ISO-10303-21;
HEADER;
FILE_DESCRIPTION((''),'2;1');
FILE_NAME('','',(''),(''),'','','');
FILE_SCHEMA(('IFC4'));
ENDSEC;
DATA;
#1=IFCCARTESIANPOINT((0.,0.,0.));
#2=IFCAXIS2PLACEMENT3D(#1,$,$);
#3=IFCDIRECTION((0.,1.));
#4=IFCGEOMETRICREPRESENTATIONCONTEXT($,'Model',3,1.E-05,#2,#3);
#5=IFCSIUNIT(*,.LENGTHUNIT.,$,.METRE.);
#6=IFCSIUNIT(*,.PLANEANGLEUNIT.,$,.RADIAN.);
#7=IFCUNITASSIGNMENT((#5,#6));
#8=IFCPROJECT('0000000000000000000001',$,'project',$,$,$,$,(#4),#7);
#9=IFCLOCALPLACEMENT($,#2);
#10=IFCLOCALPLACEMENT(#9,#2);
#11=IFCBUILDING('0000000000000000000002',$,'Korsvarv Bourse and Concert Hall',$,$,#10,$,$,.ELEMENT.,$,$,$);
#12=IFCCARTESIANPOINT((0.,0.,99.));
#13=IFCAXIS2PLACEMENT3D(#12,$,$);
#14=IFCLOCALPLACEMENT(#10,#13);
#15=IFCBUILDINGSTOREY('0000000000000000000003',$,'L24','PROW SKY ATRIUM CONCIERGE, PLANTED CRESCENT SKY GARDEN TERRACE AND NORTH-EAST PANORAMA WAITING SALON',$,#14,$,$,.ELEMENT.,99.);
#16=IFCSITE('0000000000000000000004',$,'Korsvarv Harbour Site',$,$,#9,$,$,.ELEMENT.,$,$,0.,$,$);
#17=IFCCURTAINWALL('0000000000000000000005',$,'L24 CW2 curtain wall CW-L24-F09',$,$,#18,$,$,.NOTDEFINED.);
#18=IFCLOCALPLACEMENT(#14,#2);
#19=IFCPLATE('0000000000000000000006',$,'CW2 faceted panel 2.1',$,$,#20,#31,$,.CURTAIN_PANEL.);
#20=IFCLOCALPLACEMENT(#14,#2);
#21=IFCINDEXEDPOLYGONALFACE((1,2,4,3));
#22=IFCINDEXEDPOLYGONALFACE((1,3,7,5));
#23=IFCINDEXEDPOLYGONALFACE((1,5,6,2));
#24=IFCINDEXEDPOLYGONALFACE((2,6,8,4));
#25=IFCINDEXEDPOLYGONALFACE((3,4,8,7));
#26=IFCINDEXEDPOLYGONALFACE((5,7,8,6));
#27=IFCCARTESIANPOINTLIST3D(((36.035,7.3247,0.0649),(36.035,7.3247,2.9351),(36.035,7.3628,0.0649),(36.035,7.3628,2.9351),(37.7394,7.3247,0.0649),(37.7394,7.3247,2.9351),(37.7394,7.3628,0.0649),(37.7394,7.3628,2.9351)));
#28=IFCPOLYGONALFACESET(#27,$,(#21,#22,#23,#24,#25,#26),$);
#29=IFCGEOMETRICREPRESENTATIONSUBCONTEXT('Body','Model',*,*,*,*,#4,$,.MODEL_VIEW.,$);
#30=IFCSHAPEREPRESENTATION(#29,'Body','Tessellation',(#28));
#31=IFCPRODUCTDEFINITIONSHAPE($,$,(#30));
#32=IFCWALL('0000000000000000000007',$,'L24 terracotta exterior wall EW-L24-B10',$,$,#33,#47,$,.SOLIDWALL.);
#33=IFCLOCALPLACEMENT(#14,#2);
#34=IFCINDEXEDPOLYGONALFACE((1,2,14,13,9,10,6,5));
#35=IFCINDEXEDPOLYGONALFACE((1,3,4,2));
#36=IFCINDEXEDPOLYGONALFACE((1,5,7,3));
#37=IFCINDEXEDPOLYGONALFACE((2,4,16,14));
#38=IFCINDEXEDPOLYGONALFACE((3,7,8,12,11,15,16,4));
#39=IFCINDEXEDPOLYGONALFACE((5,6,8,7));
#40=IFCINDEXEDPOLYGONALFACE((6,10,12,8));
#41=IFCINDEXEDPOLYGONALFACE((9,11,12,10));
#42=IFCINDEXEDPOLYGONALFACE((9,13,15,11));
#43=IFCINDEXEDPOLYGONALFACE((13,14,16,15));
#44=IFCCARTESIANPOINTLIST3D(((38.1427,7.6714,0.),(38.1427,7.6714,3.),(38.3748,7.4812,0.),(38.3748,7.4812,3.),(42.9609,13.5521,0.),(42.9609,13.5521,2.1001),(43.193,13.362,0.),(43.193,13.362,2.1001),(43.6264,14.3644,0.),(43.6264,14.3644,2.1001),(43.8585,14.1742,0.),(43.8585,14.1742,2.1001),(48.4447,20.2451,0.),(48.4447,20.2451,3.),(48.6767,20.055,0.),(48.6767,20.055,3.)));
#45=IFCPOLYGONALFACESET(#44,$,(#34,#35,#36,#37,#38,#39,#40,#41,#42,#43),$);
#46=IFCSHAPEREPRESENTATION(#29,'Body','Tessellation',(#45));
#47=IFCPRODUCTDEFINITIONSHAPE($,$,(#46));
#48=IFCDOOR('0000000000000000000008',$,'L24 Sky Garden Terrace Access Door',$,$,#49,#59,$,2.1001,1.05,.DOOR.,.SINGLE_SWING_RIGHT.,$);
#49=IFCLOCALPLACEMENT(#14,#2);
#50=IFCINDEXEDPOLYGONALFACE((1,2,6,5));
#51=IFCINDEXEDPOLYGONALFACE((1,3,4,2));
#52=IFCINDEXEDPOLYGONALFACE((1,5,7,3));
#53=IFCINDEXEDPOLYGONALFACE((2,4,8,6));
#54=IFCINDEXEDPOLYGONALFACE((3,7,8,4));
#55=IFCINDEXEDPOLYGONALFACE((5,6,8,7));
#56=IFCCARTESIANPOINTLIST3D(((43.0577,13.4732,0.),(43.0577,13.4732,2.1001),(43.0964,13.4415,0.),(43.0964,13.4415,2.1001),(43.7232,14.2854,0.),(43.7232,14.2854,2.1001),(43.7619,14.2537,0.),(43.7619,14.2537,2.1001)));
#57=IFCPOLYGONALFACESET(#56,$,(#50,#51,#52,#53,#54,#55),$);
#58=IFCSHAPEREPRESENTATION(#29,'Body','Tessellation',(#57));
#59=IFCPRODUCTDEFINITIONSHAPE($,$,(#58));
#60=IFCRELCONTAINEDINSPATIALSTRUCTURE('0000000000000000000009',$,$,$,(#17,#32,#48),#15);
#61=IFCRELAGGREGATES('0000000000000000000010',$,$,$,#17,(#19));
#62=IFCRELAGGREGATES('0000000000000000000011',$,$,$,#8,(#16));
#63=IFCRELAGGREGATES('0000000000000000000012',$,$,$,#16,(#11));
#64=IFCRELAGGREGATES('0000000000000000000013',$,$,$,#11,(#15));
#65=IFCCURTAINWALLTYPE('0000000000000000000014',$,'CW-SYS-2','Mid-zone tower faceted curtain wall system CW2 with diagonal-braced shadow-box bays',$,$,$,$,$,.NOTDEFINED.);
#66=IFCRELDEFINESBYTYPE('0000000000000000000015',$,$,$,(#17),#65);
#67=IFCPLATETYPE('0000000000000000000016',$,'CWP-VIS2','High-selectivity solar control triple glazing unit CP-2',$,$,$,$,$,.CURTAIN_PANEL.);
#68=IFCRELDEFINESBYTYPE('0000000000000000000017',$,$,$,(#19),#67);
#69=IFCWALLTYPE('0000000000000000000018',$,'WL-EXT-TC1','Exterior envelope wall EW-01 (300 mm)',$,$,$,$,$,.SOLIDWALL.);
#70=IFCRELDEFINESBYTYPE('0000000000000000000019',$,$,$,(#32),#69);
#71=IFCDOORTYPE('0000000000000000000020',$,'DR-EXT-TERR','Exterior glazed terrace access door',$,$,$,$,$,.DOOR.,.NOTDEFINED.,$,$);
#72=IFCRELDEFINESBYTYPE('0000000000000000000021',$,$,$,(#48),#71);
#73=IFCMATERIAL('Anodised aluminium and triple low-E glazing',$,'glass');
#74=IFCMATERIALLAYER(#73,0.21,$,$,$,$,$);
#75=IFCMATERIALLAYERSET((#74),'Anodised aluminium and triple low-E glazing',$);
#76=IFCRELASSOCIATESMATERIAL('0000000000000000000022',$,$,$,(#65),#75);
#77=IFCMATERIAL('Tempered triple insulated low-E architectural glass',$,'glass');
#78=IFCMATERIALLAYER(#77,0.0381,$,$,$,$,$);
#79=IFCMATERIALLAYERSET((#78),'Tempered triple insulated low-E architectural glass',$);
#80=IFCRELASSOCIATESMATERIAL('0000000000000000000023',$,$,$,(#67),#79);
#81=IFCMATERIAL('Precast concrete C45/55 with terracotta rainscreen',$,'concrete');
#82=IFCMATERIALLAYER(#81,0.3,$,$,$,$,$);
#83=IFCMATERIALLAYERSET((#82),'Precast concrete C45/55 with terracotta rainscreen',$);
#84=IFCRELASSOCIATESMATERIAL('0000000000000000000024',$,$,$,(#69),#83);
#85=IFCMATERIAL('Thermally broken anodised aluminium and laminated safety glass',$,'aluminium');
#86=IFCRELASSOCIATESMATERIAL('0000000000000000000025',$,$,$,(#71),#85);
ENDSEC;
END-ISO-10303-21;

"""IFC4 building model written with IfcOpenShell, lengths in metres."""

from ifc_helpers import new_model, si_unit, direction, frame, frame_2d, origin, origin_2d, place, context, subcontext, project, spatial, rectangle, extrude, source, transform, mapped, material, layer, layer_set, type_object, element, fill, aggregate, save


model = new_model("IFC4")

# Units and contexts
model_context = context("Model", 3, precision=1e-05, world=origin(), true_north=direction((0.0, 1.0)))
body_context = subcontext(model_context, "Body", "Model", "MODEL_VIEW")
ifc_project = project(units=[si_unit("LENGTHUNIT", "METRE"), si_unit("PLANEANGLEUNIT", "RADIAN")], contexts=[model_context])

# Site, building, storey
site_placement = place(None, origin())
site = spatial("IfcSite", under=ifc_project, at=site_placement, Name="Korsvarv Harbour Site", CompositionType="ELEMENT", RefElevation=0.0)
building_placement = place(site_placement, origin())
building = spatial("IfcBuilding", under=site, at=building_placement, Name="Korsvarv Bourse and Concert Hall", CompositionType="ELEMENT")
storey_placement = place(building_placement, frame((0.0, 0.0, 99.0)))
storey = spatial("IfcBuildingStorey", under=building, at=storey_placement, Name="L24", Description="PROW SKY ATRIUM CONCIERGE, PLANTED CRESCENT SKY GARDEN TERRACE AND NORTH-EAST PANORAMA WAITING SALON", CompositionType="ELEMENT", Elevation=99.0)

# Curtain wall
ifc_material_1 = material(Name="Anodised aluminium and triple low-E glazing", Category="glass")
ifc_layer_1 = layer(ifc_material_1, 0.21)
ifc_layer_set_1 = layer_set([ifc_layer_1], Name="Anodised aluminium and triple low-E glazing")
curtain_wall_type = type_object("IfcCurtainWallType", Name="CW-SYS-2", Description="Mid-zone tower faceted curtain wall system CW2 with diagonal-braced shadow-box bays", PredefinedType="NOTDEFINED", material=ifc_layer_set_1)
curtain_wall_1_placement = place(storey_placement, origin())
curtain_wall_1 = element("IfcCurtainWall", 1, at=curtain_wall_1_placement, inside=storey, type_object=curtain_wall_type, Name="L24 CW2 curtain wall CW-L24-F09", PredefinedType="NOTDEFINED")

# Plate
ifc_material_2 = material(Name="Tempered triple insulated low-E architectural glass", Category="glass")
ifc_layer_2 = layer(ifc_material_2, 0.0381)
ifc_layer_set_2 = layer_set([ifc_layer_2], Name="Tempered triple insulated low-E architectural glass")
plate_type_1 = type_object("IfcPlateType", Name="CWP-VIS2", Description="High-selectivity solar control triple glazing unit CP-2", PredefinedType="CURTAIN_PANEL", material=ifc_layer_set_2)
shared_shape_1 = source(origin(), body_context, "Body", "SweptSolid", [
    extrude(rectangle(XDim=1.7043, YDim=0.0381, at=origin_2d()), origin(), (0.0, 0.0, 1.0), 2.8701),
])
plate_1_placement = place(storey_placement, frame((36.8872, 7.3438, 0.0649), z_axis=(0.0, 0.0, 1.0), x_axis=(1.0, 0.0, 0.0)))
plate_1 = element("IfcPlate", 2, at=plate_1_placement, type_object=plate_type_1, Name="CW2 faceted panel 2.1", PredefinedType="CURTAIN_PANEL", context=body_context, shape_type="MappedRepresentation", body=[
    mapped(shared_shape_1, transform((0.0, 0.0, 0.0), scale=1.0)),
])
aggregate(curtain_wall_1, [plate_1])

# Wall, opening, door
ifc_material_3 = material(Name="Precast concrete C45/55 with terracotta rainscreen", Category="concrete")
ifc_layer_3 = layer(ifc_material_3, 0.3)
ifc_layer_set_3 = layer_set([ifc_layer_3], Name="Precast concrete C45/55 with terracotta rainscreen")
wall_type = type_object("IfcWallType", Name="WL-EXT-TC1", Description="Exterior envelope wall EW-01 (300 mm)", PredefinedType="SOLIDWALL", material=ifc_layer_set_3)
wall_placement = place(storey_placement, frame((38.2588, 7.5764, 0.0), z_axis=(0.0, 0.0, 1.0), x_axis=(0.633768, 0.773523, 0.0)))
wall = element("IfcWall", 3, at=wall_placement, inside=storey, type_object=wall_type, Name="L24 terracotta exterior wall EW-L24-B10", PredefinedType="SOLIDWALL", context=body_context, shape_type="SweptSolid", body=[
    extrude(rectangle(XDim=16.2551, YDim=0.3, at=frame_2d((8.1274, 0.0))), origin(), (0.0, 0.0, 1.0), 3.0),
])
opening_placement = place(wall_placement, frame((7.6025, 0.0, 0.0)))
opening = element("IfcOpeningElement", 4, at=opening_placement, cuts=wall, PredefinedType="OPENING", context=body_context, shape_type="SweptSolid", body=[
    extrude(rectangle(XDim=1.05, YDim=2.1001, at=frame_2d((0.5249, 1.05))), frame((0.0, 0.1602, 0.0), z_axis=(0.0, -1.0, 0.0), x_axis=(1.0, 0.0, 0.0)), (0.0, 0.0, 1.0), 0.3201),
])
ifc_material_4 = material(Name="Thermally broken anodised aluminium and laminated safety glass", Category="aluminium")
door_type = type_object("IfcDoorType", Name="DR-EXT-TERR", Description="Exterior glazed terrace access door", OperationType="NOTDEFINED", PredefinedType="DOOR", material=ifc_material_4)
door_placement = place(opening_placement, frame((1.05, 0.0, 0.0), z_axis=(0.0, 0.0, 1.0), x_axis=(-1.0, 0.0, 0.0)))
door = element("IfcDoor", 5, at=door_placement, inside=storey, type_object=door_type, Name="L24 Sky Garden Terrace Access Door", OperationType="SINGLE_SWING_RIGHT", OverallHeight=2.1001, OverallWidth=1.05, PredefinedType="DOOR", context=body_context, shape_type="SweptSolid", body=[
    extrude(rectangle(XDim=1.05, YDim=2.1001, at=frame_2d((0.5249, 1.05))), frame((0.0, 0.0249, 0.0), z_axis=(0.0, -1.0, 0.0), x_axis=(1.0, 0.0, 0.0)), (0.0, 0.0, 1.0), 0.05),
])
fill(opening, door)

save(model, "model.ifc")
